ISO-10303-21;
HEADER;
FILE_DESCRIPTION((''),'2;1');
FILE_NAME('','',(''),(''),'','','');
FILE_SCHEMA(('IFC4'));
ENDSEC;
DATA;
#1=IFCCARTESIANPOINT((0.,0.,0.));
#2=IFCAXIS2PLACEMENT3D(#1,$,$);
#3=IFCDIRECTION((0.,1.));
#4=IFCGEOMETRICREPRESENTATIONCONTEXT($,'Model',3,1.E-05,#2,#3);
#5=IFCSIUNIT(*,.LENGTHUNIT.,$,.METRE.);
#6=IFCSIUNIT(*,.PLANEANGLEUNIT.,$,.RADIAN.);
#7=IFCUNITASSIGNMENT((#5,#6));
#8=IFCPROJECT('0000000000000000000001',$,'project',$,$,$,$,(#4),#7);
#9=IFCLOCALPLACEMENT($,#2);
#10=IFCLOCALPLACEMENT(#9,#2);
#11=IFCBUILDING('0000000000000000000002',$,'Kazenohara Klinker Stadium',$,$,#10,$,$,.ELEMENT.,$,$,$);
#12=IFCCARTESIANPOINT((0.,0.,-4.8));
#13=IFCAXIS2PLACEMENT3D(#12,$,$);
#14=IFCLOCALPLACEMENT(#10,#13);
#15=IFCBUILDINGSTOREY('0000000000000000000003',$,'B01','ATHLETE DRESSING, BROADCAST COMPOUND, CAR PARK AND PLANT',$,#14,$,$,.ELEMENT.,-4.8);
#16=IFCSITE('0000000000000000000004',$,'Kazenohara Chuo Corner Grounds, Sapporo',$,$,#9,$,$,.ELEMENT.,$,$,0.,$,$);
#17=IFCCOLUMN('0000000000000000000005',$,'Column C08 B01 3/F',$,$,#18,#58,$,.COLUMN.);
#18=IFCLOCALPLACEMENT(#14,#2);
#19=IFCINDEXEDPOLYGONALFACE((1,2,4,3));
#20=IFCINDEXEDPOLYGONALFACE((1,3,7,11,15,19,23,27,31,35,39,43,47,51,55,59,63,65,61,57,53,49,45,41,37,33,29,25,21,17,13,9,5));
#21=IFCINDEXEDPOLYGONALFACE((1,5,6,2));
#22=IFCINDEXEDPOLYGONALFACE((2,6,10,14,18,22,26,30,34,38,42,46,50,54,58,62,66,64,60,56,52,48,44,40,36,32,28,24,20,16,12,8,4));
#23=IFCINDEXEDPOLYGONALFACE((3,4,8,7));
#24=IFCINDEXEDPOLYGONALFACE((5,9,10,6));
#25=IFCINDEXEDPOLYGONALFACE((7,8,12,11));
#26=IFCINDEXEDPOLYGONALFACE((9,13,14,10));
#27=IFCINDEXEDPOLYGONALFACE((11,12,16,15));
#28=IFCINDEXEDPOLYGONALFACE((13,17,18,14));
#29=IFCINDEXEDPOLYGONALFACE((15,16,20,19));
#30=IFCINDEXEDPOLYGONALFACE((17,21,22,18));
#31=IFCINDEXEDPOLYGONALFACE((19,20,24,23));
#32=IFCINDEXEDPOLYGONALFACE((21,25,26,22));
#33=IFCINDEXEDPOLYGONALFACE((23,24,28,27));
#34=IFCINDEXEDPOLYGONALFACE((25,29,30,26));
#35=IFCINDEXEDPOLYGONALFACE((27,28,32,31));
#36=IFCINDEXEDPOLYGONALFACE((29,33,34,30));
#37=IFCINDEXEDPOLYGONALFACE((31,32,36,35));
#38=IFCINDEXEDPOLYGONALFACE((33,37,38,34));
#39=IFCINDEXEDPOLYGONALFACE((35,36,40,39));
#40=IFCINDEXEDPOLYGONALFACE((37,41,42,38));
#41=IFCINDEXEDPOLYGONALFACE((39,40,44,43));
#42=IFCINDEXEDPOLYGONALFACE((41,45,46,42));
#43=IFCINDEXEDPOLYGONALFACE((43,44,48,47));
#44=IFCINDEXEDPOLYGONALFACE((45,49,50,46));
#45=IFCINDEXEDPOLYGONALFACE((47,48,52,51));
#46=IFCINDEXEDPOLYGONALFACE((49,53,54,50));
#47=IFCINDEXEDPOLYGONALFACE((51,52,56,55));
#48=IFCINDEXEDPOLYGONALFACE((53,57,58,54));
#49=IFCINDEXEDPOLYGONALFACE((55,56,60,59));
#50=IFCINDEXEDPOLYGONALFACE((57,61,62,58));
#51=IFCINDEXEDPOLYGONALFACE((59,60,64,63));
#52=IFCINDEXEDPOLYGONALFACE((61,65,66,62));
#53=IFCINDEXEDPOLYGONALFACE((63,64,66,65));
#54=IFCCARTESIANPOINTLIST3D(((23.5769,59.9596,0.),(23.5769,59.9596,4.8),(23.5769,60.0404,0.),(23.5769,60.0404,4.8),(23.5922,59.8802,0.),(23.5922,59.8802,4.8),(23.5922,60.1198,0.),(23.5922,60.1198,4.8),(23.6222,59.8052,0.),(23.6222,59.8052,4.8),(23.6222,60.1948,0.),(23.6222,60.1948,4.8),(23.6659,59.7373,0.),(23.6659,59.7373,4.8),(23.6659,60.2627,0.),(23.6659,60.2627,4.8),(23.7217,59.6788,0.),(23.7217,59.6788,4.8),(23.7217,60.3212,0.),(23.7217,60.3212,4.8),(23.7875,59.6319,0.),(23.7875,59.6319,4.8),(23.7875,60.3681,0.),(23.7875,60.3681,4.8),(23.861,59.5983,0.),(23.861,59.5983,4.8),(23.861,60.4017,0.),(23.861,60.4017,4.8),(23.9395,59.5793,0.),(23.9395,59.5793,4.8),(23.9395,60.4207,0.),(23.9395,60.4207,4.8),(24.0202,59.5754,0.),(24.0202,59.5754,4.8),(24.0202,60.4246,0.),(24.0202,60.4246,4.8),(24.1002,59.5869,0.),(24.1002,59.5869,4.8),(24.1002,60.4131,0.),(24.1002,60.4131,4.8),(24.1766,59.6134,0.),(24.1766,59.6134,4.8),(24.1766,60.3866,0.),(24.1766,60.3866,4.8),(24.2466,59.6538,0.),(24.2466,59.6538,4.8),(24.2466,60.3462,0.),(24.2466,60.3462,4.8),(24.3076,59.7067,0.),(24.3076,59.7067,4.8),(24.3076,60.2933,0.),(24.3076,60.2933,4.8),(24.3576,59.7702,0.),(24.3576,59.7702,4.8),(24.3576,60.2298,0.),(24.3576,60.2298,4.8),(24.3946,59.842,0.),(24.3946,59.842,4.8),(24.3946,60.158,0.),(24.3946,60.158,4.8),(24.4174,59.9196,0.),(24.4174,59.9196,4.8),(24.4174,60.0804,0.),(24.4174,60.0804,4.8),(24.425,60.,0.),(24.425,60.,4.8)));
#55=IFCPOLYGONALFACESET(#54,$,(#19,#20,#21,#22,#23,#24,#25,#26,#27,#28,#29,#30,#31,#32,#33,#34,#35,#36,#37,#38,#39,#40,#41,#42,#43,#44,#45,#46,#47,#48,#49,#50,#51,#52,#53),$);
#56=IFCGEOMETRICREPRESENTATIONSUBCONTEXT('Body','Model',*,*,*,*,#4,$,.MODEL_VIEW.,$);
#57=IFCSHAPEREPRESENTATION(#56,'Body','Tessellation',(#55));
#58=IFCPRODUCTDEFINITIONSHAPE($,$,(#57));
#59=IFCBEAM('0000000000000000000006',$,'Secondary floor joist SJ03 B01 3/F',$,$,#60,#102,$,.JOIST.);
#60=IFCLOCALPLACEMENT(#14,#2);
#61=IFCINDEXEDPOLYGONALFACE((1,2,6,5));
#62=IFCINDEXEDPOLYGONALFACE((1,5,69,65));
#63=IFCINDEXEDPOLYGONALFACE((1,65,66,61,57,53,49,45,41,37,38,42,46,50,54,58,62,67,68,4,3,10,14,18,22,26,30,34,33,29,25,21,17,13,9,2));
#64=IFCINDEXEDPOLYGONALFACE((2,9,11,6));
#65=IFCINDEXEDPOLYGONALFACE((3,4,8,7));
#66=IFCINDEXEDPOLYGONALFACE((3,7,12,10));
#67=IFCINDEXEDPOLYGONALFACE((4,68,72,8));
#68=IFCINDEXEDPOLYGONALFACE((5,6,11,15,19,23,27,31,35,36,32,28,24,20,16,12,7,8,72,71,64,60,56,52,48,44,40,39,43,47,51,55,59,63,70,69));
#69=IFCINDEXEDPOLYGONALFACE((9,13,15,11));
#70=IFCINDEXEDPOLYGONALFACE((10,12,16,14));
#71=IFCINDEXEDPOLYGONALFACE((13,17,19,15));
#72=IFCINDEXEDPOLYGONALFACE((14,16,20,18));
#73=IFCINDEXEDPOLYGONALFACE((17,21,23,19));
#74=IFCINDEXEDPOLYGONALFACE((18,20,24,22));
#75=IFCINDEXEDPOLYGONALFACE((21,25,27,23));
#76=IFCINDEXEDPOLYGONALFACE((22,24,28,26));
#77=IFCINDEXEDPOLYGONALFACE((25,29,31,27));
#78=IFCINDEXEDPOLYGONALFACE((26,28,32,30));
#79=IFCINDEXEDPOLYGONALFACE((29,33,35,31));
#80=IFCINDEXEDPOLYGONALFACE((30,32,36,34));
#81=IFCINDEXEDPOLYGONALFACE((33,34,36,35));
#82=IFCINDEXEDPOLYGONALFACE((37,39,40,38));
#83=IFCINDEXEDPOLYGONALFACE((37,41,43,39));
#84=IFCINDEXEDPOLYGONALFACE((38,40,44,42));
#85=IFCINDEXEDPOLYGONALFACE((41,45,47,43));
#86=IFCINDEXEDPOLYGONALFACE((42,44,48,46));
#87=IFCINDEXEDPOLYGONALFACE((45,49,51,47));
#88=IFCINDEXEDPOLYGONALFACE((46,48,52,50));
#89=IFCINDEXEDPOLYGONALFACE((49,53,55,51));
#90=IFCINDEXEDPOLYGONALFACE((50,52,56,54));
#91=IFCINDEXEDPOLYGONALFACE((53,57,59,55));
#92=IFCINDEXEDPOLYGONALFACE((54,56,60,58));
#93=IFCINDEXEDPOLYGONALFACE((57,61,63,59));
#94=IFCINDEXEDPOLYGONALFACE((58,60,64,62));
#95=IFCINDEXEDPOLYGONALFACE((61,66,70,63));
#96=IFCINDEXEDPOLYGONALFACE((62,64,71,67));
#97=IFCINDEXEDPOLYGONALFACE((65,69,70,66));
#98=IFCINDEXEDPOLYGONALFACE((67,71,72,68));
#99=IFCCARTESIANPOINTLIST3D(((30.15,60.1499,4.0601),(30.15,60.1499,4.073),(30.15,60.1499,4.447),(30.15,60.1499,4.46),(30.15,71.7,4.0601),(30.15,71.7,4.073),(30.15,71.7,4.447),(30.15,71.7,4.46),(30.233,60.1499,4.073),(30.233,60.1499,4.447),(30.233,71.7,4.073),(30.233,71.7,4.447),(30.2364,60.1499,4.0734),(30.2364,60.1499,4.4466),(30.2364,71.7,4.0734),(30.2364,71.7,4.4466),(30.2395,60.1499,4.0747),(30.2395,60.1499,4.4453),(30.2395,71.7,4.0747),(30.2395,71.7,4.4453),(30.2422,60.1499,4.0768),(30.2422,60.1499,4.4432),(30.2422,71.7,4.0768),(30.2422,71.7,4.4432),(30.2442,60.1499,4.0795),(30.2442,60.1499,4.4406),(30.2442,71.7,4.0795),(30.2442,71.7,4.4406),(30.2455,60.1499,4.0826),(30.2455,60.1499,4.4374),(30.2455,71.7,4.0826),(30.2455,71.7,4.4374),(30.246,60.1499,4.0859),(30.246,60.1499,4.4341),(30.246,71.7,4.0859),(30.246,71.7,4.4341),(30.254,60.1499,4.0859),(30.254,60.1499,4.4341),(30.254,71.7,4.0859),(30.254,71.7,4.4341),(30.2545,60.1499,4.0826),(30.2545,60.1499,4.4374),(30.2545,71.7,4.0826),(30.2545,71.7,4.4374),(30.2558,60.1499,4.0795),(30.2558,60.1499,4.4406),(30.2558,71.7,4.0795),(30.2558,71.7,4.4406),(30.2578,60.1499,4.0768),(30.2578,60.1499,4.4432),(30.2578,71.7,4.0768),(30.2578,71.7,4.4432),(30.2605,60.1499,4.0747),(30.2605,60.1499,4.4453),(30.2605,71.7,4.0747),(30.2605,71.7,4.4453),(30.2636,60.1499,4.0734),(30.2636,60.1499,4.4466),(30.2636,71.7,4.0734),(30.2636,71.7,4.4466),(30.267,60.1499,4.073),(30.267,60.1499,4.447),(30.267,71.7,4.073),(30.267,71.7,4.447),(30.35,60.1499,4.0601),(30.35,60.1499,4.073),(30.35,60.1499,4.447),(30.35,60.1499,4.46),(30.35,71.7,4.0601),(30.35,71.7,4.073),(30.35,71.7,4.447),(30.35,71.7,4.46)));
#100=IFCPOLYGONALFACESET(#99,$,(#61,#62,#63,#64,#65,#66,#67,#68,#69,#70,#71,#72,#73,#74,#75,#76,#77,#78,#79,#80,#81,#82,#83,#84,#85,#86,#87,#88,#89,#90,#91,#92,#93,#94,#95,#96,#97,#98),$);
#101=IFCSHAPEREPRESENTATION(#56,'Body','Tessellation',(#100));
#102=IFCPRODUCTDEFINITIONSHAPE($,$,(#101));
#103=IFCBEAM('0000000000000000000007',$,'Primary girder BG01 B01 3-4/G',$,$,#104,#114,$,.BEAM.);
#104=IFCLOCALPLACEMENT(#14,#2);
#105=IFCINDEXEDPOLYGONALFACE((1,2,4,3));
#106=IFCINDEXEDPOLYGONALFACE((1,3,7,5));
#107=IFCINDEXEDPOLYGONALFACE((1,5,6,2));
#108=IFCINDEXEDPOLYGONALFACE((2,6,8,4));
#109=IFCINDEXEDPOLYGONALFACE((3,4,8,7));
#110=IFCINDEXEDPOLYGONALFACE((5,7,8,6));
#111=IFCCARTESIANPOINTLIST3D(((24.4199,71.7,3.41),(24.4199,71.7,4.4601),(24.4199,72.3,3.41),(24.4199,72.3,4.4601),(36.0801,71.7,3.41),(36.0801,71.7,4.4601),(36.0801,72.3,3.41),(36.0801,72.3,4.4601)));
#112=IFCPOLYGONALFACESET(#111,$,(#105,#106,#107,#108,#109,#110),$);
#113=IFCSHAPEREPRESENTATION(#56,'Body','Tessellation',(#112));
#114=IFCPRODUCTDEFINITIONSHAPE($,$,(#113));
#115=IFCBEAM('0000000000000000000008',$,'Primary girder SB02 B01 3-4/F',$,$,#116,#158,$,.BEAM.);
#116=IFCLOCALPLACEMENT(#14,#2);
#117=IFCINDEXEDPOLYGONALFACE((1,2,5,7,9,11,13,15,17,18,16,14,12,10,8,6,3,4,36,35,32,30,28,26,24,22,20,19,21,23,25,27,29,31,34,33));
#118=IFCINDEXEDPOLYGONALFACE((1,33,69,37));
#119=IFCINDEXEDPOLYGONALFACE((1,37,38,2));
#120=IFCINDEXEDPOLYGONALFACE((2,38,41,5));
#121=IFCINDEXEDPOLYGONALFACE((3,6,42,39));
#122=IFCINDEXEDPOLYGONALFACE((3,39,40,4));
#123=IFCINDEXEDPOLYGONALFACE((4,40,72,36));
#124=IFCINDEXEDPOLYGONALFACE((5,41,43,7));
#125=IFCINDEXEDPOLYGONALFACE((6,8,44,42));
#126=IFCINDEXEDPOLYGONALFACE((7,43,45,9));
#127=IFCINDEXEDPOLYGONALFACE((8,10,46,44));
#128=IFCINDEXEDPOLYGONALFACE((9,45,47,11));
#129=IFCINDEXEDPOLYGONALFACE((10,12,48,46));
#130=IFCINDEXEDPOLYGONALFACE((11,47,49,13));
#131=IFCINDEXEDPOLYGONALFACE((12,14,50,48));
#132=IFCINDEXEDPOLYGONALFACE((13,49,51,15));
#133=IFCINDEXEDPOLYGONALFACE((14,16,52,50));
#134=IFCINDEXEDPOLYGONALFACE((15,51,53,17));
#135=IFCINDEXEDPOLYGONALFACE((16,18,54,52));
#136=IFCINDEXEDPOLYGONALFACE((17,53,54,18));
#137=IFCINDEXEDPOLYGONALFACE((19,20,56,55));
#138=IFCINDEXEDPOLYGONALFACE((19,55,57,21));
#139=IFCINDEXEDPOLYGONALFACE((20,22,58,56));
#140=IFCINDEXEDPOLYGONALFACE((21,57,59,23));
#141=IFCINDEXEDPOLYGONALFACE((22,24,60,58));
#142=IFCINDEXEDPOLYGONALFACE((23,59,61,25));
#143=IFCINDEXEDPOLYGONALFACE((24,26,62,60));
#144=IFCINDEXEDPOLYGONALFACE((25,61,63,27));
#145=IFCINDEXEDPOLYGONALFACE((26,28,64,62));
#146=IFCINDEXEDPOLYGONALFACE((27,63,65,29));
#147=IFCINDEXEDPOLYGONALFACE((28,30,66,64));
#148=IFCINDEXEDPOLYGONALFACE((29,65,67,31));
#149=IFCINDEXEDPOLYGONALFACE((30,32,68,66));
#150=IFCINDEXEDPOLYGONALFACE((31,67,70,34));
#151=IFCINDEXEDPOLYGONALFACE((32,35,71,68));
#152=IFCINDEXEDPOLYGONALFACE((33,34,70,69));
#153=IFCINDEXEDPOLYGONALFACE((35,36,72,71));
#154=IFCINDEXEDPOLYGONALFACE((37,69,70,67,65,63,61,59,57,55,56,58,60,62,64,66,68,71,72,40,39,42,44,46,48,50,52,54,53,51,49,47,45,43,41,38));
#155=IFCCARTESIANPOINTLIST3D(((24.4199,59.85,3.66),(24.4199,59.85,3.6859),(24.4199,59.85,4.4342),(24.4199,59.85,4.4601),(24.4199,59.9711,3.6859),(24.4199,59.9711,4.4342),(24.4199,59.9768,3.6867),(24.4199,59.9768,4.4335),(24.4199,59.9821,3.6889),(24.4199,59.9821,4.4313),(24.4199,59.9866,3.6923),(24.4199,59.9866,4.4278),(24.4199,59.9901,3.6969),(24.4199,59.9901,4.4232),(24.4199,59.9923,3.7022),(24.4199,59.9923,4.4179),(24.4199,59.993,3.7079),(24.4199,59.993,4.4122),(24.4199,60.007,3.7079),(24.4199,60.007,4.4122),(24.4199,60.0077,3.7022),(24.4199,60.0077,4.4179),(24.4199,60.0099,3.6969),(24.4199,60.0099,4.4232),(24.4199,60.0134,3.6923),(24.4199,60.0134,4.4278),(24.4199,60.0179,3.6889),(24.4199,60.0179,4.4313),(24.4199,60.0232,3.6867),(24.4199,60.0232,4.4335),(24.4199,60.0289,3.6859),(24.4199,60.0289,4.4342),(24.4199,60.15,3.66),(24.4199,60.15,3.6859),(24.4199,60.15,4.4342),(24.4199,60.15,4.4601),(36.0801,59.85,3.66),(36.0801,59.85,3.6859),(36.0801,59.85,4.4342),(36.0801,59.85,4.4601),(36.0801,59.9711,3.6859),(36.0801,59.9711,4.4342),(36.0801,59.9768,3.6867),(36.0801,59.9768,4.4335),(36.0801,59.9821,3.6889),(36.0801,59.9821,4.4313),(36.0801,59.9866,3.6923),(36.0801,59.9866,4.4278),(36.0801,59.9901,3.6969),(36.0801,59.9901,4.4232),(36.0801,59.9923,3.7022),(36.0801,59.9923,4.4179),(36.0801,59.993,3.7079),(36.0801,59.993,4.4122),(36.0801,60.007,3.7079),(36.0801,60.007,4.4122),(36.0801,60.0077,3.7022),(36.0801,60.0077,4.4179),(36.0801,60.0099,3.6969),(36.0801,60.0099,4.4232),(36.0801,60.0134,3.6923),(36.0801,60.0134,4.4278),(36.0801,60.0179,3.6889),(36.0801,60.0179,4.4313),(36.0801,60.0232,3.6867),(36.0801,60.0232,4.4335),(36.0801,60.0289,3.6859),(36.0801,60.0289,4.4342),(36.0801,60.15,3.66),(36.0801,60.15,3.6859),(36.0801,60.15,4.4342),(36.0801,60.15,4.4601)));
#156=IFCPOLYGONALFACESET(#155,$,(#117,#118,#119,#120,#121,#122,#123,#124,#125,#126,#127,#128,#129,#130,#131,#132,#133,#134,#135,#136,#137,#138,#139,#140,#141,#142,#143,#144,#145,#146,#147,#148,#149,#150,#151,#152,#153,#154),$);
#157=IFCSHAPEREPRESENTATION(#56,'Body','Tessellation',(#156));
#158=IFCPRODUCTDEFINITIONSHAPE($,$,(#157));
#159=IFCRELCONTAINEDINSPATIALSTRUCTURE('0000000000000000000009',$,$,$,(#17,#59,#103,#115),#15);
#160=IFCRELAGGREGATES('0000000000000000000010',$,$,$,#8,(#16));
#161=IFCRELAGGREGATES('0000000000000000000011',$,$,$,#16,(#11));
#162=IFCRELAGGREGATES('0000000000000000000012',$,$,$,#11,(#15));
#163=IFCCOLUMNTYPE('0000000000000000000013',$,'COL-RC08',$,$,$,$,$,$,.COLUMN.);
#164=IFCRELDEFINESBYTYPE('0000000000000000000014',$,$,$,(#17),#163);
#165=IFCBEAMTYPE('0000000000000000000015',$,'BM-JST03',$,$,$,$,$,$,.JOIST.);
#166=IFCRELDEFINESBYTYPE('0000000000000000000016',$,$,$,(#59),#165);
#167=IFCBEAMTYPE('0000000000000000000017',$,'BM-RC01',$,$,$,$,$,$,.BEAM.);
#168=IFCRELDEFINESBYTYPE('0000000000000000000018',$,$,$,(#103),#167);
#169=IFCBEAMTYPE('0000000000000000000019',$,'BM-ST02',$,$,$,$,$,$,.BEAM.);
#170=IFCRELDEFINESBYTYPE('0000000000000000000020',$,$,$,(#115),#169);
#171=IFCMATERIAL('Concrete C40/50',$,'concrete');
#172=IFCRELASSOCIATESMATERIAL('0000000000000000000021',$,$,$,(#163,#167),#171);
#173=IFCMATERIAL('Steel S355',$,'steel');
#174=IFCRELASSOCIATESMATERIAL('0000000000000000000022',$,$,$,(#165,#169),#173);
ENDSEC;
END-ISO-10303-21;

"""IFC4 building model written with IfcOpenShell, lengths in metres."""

from ifc_helpers import new_model, si_unit, direction, frame, origin, origin_2d, place, context, subcontext, project, spatial, rectangle, circle, i_section, extrude, material, material_profile, profile_set, type_object, element, save


model = new_model("IFC4")

# Units and contexts
model_context = context("Model", 3, precision=1e-05, world=origin(), true_north=direction((0.0, 1.0)))
body_context = subcontext(model_context, "Body", "Model", "MODEL_VIEW")
ifc_project = project(units=[si_unit("LENGTHUNIT", "METRE"), si_unit("PLANEANGLEUNIT", "RADIAN")], contexts=[model_context])

# Site, building, storey
site_placement = place(None, origin())
site = spatial("IfcSite", under=ifc_project, at=site_placement, Name="Kazenohara Chuo Corner Grounds, Sapporo", CompositionType="ELEMENT", RefElevation=0.0)
building_placement = place(site_placement, origin())
building = spatial("IfcBuilding", under=site, at=building_placement, Name="Kazenohara Klinker Stadium", CompositionType="ELEMENT")
storey_placement = place(building_placement, frame((0.0, 0.0, -4.8)))
storey = spatial("IfcBuildingStorey", under=building, at=storey_placement, Name="B01", Description="ATHLETE DRESSING, BROADCAST COMPOUND, CAR PARK AND PLANT", CompositionType="ELEMENT", Elevation=-4.8)

# Column
ifc_material_1 = material(Name="Concrete C40/50", Category="concrete")
ifc_material_profile_1 = material_profile(ifc_material_1, circle(Radius=0.425, at=origin_2d()), Name="RC-COL-D850")
ifc_profile_set_1 = profile_set([ifc_material_profile_1], Name="Concrete C40/50")
column_type_1 = type_object("IfcColumnType", Name="COL-RC08", PredefinedType="COLUMN", material=ifc_profile_set_1)
column_1_placement = place(storey_placement, frame((24.0, 60.0, 0.0), z_axis=(0.0, 0.0, 1.0), x_axis=(1.0, 0.0, 0.0)))
element("IfcColumn", 1, at=column_1_placement, inside=storey, type_object=column_type_1, Name="Column C08 B01 3/F", PredefinedType="COLUMN", context=body_context, shape_type="SweptSolid", body=[
    extrude(circle(Radius=0.425, at=origin_2d()), origin(), (0.0, 0.0, 1.0), 4.8),
])

# Beams
ifc_material_2 = material(Name="Steel S355", Category="steel")
ifc_material_profile_2 = material_profile(ifc_material_2, i_section(OverallWidth=0.2, OverallDepth=0.3999, WebThickness=0.0081, FlangeThickness=0.0129, FilletRadius=0.0129, at=origin_2d()), Name="H-400x200x8x13")
ifc_profile_set_2 = profile_set([ifc_material_profile_2], Name="Steel S355")
beam_type_1 = type_object("IfcBeamType", Name="BM-JST03", PredefinedType="JOIST", material=ifc_profile_set_2)
beam_1_placement = place(storey_placement, frame((30.25, 60.1499, 4.26), z_axis=(0.0, 1.0, 0.0), x_axis=(-1.0, 0.0, 0.0)))
element("IfcBeam", 2, at=beam_1_placement, inside=storey, type_object=beam_type_1, Name="Secondary floor joist SJ03 B01 3/F", PredefinedType="JOIST", context=body_context, shape_type="SweptSolid", body=[
    extrude(i_section(OverallWidth=0.2, OverallDepth=0.3999, WebThickness=0.0081, FlangeThickness=0.0129, FilletRadius=0.0129, at=origin_2d()), origin(), (0.0, 0.0, 1.0), 11.55),
])
ifc_material_profile_3 = material_profile(ifc_material_1, rectangle(XDim=0.6001, YDim=1.05, at=origin_2d()), Name="RC-BM-600x1050")
ifc_profile_set_3 = profile_set([ifc_material_profile_3], Name="Concrete C40/50")
beam_type_2 = type_object("IfcBeamType", Name="BM-RC01", PredefinedType="BEAM", material=ifc_profile_set_3)
beam_2_placement = place(storey_placement, frame((24.4199, 72.0, 3.9351), z_axis=(1.0, 0.0, 0.0), x_axis=(0.0, 1.0, 0.0)))
element("IfcBeam", 3, at=beam_2_placement, inside=storey, type_object=beam_type_2, Name="Primary girder BG01 B01 3-4/G", PredefinedType="BEAM", context=body_context, shape_type="SweptSolid", body=[
    extrude(rectangle(XDim=0.6001, YDim=1.05, at=origin_2d()), origin(), (0.0, 0.0, 1.0), 11.6602),
])
ifc_material_profile_4 = material_profile(ifc_material_2, i_section(OverallWidth=0.3, OverallDepth=0.8, WebThickness=0.0139, FlangeThickness=0.0259, FilletRadius=0.022, at=origin_2d()), Name="H-800x300x14x26")
ifc_profile_set_4 = profile_set([ifc_material_profile_4], Name="Steel S355")
beam_type_3 = type_object("IfcBeamType", Name="BM-ST02", PredefinedType="BEAM", material=ifc_profile_set_4)
beam_3_placement = place(storey_placement, frame((24.4199, 60.0, 4.0601), z_axis=(1.0, 0.0, 0.0), x_axis=(0.0, 1.0, 0.0)))
element("IfcBeam", 4, at=beam_3_placement, inside=storey, type_object=beam_type_3, Name="Primary girder SB02 B01 3-4/F", PredefinedType="BEAM", context=body_context, shape_type="SweptSolid", body=[
    extrude(i_section(OverallWidth=0.3, OverallDepth=0.8, WebThickness=0.0139, FlangeThickness=0.0259, FilletRadius=0.022, at=origin_2d()), origin(), (0.0, 0.0, 1.0), 11.6602),
])

save(model, "model.ifc")
